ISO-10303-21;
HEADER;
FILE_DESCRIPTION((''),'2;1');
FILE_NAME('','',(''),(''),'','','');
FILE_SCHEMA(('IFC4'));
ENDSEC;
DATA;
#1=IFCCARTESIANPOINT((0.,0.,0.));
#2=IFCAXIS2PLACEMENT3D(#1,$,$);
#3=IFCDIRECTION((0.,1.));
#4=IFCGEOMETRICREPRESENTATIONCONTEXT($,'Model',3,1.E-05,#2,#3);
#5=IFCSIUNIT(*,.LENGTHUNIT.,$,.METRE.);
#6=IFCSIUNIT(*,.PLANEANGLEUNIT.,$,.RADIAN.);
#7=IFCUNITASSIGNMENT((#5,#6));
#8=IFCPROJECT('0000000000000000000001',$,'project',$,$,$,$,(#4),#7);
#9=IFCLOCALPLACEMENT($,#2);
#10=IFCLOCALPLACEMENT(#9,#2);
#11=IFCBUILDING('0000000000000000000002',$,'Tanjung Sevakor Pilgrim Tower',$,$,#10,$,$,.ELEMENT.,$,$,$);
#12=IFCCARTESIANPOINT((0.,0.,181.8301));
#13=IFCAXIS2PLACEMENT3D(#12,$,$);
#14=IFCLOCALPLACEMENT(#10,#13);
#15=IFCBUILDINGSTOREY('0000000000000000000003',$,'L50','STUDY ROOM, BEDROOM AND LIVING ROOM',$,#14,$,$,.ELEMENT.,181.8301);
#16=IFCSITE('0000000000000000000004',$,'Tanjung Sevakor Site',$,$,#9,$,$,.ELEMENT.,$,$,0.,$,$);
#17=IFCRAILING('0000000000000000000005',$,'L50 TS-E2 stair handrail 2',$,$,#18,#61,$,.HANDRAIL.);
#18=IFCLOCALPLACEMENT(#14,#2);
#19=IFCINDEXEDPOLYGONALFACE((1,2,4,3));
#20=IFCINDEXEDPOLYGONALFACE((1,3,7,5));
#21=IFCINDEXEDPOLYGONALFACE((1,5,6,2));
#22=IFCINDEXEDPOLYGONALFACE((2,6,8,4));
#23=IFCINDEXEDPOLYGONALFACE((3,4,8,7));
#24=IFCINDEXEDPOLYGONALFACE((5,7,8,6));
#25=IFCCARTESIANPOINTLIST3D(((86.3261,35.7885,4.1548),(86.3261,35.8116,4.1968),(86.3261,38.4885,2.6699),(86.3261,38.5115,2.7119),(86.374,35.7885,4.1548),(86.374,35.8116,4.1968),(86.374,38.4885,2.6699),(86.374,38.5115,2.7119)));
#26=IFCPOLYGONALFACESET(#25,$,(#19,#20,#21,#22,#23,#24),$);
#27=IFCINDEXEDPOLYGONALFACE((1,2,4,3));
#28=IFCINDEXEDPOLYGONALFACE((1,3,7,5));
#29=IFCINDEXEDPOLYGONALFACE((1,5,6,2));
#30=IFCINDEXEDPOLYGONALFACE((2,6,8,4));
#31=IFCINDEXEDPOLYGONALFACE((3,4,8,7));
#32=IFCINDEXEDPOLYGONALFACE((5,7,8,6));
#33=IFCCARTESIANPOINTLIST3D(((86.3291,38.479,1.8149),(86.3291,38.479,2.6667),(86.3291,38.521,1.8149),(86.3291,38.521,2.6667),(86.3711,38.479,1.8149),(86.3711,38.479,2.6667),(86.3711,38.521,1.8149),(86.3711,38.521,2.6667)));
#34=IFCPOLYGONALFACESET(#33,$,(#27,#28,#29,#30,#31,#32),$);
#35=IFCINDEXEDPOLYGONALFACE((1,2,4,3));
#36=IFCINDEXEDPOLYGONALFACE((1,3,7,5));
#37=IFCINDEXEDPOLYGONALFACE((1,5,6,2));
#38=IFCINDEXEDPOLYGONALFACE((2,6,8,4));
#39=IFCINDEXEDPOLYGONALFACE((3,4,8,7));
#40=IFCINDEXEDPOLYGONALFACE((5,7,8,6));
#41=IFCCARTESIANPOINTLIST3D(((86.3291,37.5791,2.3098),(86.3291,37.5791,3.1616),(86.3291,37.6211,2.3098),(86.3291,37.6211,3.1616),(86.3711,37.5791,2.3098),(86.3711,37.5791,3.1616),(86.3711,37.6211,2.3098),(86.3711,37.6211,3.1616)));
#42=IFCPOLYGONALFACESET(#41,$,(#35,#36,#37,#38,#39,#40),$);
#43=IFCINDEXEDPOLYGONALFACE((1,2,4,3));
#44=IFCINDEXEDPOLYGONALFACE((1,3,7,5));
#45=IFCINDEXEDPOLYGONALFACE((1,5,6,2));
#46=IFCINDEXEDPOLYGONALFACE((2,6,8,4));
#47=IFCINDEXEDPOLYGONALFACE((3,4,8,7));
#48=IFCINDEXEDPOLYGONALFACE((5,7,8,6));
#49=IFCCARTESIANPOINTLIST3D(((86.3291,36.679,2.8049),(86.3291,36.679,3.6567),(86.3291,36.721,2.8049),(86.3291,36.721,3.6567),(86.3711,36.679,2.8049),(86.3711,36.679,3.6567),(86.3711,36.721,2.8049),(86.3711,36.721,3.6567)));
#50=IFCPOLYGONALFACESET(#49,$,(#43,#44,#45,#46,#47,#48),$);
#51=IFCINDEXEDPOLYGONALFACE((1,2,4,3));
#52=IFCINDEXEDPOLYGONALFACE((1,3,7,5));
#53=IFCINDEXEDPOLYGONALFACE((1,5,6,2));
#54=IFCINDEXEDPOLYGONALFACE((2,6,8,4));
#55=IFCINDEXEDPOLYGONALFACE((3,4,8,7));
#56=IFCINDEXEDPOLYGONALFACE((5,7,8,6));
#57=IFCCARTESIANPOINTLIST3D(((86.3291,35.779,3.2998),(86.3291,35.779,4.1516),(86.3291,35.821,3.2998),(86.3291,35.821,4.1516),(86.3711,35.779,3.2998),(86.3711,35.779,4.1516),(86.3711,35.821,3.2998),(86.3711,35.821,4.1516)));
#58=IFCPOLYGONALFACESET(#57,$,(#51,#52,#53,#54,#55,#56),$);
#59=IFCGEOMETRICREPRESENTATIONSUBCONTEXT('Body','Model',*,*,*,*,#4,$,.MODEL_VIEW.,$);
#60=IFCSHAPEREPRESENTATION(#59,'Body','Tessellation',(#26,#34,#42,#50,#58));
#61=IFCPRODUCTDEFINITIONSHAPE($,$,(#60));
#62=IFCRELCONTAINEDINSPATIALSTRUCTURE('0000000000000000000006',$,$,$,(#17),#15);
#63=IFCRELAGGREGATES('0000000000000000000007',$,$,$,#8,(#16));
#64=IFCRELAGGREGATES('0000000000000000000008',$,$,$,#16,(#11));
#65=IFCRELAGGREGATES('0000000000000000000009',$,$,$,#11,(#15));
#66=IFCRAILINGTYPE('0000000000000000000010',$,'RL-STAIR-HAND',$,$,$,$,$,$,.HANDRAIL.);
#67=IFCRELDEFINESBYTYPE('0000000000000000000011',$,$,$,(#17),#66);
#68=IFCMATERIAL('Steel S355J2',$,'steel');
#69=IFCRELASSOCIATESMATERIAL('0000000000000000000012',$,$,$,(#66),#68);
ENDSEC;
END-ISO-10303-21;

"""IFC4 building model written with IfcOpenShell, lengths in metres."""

from ifc_helpers import new_model, si_unit, direction, frame, origin, place, context, subcontext, project, spatial, rectangle, extrude, material, type_object, element, save


model = new_model("IFC4")

# Units and contexts
model_context = context("Model", 3, precision=1e-05, world=origin(), true_north=direction((0.0, 1.0)))
body_context = subcontext(model_context, "Body", "Model", "MODEL_VIEW")
ifc_project = project(units=[si_unit("LENGTHUNIT", "METRE"), si_unit("PLANEANGLEUNIT", "RADIAN")], contexts=[model_context])

# Site, building, storey
site_placement = place(None, origin())
site = spatial("IfcSite", under=ifc_project, at=site_placement, Name="Tanjung Sevakor Site", CompositionType="ELEMENT", RefElevation=0.0)
building_placement = place(site_placement, origin())
building = spatial("IfcBuilding", under=site, at=building_placement, Name="Tanjung Sevakor Pilgrim Tower", CompositionType="ELEMENT")
storey_placement = place(building_placement, frame((0.0, 0.0, 181.8301)))
storey = spatial("IfcBuildingStorey", under=building, at=storey_placement, Name="L50", Description="STUDY ROOM, BEDROOM AND LIVING ROOM", CompositionType="ELEMENT", Elevation=181.8301)

# Railing
ifc_material_1 = material(Name="Steel S355J2", Category="steel")
railing_type_1 = type_object("IfcRailingType", Name="RL-STAIR-HAND", PredefinedType="HANDRAIL", material=ifc_material_1)
railing_1_placement = place(storey_placement, frame((86.3501, 38.5, 1.8149)))
element("IfcRailing", 1, at=railing_1_placement, inside=storey, type_object=railing_type_1, Name="L50 TS-E2 stair handrail 2", PredefinedType="HANDRAIL", context=body_context, shape_type="SweptSolid", body=[
    extrude(rectangle(XDim=0.0479, YDim=0.0479), frame((0.0, 0.0, 0.876), z_axis=(0.0, -0.876231, 0.481891), x_axis=(1.0, 0.0, 0.0)), (0.0, 0.0, 1.0), 3.0813),
    extrude(rectangle(XDim=0.042, YDim=0.042), origin(), (0.0, 0.0, 1.0), 0.8518),
    extrude(rectangle(XDim=0.042, YDim=0.042), frame((0.0, -0.8999, 0.4949)), (0.0, 0.0, 1.0), 0.8518),
    extrude(rectangle(XDim=0.042, YDim=0.042), frame((0.0, -1.8, 0.99)), (0.0, 0.0, 1.0), 0.8518),
    extrude(rectangle(XDim=0.042, YDim=0.042), frame((0.0, -2.7, 1.4849)), (0.0, 0.0, 1.0), 0.8518),
])

save(model, "model.ifc")
